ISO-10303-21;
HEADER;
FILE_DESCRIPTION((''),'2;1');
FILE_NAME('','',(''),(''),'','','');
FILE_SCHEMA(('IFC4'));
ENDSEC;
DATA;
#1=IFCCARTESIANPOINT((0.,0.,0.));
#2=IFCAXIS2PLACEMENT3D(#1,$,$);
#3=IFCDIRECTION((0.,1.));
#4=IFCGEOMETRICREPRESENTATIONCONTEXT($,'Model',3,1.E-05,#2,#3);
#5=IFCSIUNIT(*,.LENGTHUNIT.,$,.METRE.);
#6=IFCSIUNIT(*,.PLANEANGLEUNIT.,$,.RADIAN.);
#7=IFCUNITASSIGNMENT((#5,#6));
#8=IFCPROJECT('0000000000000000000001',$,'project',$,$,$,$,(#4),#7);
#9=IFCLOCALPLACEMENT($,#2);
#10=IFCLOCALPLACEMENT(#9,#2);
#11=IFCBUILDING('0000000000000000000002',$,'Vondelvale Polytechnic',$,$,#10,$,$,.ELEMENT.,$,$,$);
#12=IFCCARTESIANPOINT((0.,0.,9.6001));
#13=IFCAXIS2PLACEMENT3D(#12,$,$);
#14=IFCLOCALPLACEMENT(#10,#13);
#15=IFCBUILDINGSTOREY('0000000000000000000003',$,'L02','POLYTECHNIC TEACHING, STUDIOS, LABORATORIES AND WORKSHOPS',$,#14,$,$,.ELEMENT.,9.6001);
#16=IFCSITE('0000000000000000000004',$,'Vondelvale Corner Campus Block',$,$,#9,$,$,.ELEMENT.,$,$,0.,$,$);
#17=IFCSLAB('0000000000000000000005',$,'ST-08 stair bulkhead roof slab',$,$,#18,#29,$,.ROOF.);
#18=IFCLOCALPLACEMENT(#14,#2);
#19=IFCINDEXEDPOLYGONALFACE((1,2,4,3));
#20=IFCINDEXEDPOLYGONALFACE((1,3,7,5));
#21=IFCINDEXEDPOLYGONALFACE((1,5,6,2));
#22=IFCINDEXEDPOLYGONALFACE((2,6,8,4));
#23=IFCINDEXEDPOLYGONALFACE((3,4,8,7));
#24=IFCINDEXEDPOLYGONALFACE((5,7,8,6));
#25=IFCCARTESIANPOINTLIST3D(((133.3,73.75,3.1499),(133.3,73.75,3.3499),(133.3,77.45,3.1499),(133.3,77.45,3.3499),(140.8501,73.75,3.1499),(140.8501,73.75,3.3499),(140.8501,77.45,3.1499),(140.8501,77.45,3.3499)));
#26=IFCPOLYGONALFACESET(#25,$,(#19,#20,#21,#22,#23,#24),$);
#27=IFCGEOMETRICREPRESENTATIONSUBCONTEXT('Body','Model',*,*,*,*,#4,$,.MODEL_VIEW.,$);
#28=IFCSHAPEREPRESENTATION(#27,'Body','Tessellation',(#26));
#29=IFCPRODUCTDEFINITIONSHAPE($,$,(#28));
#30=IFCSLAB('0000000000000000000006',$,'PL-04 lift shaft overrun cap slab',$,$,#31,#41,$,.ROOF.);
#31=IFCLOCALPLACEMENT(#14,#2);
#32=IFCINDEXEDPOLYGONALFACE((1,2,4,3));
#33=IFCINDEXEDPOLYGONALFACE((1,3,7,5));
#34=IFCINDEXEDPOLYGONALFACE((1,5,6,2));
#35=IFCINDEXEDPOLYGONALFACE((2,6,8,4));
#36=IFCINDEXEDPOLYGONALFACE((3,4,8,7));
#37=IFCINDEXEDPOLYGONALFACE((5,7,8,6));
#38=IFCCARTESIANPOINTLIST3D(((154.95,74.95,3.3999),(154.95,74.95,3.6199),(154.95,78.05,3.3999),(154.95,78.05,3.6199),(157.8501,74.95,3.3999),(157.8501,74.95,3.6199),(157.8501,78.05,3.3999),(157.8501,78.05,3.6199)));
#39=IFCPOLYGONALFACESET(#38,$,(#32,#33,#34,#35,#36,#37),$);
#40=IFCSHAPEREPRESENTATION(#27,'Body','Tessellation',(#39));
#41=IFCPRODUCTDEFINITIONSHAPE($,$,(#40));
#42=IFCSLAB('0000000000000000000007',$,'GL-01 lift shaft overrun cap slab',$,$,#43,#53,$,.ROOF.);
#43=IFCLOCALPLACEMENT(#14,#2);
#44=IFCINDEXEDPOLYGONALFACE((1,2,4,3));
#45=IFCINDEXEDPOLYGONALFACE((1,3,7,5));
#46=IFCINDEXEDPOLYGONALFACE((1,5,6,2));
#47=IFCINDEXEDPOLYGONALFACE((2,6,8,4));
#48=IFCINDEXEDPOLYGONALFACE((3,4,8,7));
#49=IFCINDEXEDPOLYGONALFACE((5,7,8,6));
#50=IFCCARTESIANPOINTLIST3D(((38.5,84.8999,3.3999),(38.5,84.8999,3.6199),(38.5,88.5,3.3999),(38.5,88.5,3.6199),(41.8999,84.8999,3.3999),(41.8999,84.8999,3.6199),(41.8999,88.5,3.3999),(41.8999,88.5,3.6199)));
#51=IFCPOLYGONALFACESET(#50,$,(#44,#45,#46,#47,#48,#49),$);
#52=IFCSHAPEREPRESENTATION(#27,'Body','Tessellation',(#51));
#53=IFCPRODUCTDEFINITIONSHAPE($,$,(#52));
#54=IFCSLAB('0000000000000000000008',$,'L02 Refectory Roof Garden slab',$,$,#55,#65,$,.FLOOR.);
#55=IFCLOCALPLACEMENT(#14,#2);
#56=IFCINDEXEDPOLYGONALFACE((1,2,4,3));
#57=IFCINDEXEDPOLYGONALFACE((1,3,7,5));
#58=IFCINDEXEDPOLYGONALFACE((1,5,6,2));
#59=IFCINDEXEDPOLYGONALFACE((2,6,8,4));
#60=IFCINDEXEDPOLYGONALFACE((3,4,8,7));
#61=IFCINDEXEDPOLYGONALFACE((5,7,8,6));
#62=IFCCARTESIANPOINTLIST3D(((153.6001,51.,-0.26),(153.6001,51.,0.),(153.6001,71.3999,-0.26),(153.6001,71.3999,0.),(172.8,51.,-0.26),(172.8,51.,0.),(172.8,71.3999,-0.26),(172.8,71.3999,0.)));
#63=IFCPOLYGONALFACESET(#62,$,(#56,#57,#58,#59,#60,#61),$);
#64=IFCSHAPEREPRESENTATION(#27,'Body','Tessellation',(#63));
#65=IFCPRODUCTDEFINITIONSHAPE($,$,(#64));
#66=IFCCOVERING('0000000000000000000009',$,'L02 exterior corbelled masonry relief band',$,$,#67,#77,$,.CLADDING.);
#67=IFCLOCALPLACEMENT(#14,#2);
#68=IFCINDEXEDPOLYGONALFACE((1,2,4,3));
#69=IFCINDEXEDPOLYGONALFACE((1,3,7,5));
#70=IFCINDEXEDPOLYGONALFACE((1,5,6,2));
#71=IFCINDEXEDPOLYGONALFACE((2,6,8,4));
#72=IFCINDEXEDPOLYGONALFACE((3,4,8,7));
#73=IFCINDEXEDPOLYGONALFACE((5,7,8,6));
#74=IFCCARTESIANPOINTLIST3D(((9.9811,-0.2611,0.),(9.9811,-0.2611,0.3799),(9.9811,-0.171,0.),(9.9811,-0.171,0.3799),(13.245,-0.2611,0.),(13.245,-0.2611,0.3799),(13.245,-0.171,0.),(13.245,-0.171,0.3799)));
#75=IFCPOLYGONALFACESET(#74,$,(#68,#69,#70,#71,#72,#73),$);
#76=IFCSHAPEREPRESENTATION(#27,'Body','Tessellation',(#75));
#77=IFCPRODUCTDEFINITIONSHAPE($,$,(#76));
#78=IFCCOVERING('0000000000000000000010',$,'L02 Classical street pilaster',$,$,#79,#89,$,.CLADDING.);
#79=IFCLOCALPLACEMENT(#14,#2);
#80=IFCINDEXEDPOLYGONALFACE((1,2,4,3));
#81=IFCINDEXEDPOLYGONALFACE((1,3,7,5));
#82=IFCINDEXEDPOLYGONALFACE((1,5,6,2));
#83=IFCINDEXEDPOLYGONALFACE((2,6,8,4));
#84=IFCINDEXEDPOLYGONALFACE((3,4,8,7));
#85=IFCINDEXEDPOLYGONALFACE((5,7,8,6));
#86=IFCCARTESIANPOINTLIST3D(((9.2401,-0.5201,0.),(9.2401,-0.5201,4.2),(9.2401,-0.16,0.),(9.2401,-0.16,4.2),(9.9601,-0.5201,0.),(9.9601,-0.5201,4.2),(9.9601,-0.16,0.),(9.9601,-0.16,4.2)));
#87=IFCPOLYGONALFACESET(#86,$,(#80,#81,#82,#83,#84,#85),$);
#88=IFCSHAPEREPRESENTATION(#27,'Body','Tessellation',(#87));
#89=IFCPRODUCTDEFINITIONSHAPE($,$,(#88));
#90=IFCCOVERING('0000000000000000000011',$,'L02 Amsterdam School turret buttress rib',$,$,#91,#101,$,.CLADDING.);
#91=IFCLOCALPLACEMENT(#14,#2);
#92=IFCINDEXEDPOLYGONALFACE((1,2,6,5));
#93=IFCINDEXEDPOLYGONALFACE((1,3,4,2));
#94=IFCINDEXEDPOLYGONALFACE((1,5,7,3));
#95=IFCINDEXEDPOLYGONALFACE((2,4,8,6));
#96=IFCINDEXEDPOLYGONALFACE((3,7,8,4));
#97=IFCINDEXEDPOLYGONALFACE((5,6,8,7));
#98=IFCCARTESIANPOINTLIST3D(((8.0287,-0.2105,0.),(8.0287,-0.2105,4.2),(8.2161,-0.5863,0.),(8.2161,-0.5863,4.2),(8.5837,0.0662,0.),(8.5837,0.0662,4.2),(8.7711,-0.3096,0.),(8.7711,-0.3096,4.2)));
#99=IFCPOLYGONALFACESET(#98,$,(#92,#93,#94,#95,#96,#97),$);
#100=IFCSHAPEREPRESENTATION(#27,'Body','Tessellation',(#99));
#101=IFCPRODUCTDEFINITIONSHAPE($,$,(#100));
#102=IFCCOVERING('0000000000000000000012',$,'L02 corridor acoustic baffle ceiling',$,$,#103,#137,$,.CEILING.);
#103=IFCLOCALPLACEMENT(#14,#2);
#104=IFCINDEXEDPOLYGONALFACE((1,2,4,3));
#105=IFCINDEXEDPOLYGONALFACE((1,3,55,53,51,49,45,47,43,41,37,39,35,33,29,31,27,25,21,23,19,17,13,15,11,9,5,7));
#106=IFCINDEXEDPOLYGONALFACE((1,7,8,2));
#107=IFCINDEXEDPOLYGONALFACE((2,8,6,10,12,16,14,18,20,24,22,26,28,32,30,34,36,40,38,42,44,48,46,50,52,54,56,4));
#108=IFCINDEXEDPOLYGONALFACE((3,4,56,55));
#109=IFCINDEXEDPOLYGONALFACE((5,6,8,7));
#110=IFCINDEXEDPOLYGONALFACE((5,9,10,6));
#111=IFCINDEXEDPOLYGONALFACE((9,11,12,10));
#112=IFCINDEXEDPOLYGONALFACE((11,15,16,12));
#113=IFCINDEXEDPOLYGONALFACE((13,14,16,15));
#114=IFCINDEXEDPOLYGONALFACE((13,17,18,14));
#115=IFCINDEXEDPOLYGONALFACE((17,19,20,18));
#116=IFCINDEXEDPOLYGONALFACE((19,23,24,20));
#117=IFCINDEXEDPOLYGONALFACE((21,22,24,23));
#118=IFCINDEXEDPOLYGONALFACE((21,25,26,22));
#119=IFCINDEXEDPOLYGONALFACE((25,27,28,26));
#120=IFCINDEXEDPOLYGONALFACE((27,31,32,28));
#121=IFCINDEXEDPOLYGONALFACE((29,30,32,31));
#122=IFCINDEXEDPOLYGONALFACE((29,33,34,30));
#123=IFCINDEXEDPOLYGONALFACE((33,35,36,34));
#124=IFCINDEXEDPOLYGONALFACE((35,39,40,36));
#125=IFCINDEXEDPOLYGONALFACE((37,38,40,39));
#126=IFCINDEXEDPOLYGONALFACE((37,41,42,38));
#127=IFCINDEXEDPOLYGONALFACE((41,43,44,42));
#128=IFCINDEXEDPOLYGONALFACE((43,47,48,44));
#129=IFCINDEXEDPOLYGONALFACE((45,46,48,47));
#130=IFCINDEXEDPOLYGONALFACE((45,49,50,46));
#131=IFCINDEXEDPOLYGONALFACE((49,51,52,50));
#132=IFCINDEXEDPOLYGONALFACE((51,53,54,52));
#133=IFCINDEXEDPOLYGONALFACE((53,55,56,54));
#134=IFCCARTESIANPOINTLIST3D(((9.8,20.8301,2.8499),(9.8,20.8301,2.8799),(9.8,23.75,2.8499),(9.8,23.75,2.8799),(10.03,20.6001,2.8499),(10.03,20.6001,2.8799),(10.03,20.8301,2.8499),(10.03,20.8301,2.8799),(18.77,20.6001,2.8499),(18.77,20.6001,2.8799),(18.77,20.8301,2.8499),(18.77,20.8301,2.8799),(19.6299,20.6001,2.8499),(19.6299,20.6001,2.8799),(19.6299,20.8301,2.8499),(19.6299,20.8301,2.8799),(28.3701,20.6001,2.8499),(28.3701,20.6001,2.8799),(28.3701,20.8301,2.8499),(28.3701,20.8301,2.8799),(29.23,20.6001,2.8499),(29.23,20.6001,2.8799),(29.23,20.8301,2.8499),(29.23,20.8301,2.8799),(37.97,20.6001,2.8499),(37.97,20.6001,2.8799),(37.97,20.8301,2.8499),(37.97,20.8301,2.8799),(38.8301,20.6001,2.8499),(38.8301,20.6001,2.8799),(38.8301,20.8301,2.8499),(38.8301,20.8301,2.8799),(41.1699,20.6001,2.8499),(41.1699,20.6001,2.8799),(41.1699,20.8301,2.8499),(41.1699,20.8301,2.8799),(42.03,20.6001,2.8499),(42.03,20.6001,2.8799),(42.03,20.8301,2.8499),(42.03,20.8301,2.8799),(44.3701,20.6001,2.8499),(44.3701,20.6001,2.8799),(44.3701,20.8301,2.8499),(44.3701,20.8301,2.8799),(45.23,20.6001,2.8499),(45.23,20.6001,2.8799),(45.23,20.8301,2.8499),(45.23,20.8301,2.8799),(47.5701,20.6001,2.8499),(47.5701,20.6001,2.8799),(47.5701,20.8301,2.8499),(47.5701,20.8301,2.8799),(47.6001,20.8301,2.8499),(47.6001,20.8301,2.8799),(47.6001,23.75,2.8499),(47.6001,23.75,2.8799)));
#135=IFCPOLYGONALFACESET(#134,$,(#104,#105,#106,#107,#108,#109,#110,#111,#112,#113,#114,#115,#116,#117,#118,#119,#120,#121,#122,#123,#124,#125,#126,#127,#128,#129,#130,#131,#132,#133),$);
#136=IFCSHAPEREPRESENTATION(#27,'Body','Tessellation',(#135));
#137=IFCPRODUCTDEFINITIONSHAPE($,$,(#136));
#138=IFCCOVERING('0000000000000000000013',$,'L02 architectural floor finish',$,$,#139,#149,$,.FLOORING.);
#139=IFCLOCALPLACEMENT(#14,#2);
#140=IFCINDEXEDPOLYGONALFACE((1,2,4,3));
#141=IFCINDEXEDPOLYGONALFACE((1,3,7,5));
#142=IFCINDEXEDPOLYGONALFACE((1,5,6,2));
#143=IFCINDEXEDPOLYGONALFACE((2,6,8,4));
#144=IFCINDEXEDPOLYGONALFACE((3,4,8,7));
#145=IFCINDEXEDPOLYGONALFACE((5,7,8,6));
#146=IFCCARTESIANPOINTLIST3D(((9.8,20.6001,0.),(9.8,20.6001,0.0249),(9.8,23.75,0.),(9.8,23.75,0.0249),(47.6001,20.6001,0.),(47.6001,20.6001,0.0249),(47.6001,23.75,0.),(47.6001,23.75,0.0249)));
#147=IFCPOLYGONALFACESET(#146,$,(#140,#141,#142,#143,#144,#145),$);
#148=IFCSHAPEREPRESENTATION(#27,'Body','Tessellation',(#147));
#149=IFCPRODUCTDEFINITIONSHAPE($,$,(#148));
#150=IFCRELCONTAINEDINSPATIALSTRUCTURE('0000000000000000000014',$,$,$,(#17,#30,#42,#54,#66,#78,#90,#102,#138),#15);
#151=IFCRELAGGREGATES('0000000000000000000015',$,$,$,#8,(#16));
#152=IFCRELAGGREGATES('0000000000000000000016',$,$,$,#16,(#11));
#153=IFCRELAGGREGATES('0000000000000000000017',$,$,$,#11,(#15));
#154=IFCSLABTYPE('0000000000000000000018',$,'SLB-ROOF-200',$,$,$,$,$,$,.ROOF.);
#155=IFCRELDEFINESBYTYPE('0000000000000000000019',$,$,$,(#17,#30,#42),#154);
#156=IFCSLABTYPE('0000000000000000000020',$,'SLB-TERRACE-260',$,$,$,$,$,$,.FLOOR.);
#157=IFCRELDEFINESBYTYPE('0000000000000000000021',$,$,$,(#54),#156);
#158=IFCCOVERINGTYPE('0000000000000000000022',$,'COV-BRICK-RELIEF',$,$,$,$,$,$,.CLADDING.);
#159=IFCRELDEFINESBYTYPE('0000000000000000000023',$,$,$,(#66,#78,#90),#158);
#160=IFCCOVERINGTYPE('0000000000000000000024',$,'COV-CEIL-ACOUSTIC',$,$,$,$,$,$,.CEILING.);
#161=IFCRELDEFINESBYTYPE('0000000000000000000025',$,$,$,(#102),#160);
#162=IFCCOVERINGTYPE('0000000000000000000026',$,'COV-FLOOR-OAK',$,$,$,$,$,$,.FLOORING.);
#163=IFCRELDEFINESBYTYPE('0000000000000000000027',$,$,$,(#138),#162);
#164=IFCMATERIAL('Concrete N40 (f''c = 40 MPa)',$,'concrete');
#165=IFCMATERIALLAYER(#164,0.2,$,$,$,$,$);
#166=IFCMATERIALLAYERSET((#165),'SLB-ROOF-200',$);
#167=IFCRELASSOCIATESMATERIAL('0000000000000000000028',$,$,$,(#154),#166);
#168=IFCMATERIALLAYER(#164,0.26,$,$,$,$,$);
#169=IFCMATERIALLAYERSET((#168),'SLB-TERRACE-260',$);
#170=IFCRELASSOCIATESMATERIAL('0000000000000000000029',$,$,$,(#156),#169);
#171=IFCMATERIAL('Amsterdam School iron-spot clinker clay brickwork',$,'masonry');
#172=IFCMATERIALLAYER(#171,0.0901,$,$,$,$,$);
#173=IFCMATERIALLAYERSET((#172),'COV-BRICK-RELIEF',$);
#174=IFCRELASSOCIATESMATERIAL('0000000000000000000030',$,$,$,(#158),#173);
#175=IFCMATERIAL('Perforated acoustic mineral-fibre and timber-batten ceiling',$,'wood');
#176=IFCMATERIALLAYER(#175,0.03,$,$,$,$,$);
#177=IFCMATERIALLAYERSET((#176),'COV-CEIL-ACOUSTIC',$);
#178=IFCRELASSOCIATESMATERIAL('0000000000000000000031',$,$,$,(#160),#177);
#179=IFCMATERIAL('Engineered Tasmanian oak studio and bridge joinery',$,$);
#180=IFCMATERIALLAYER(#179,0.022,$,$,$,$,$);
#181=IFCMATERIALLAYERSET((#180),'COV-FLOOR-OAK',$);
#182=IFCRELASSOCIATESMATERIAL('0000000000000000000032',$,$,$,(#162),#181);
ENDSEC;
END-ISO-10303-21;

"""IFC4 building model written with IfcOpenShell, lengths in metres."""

from ifc_helpers import new_model, si_unit, direction, frame, origin, origin_2d, place, context, subcontext, project, spatial, polyline, rectangle, outline, extrude, material, layer, layer_set, type_object, element, save


model = new_model("IFC4")

# Units and contexts
model_context = context("Model", 3, precision=1e-05, world=origin(), true_north=direction((0.0, 1.0)))
body_context = subcontext(model_context, "Body", "Model", "MODEL_VIEW")
ifc_project = project(units=[si_unit("LENGTHUNIT", "METRE"), si_unit("PLANEANGLEUNIT", "RADIAN")], contexts=[model_context])

# Site, building, storey
site_placement = place(None, origin())
site = spatial("IfcSite", under=ifc_project, at=site_placement, Name="Vondelvale Corner Campus Block", CompositionType="ELEMENT", RefElevation=0.0)
building_placement = place(site_placement, origin())
building = spatial("IfcBuilding", under=site, at=building_placement, Name="Vondelvale Polytechnic", CompositionType="ELEMENT")
storey_placement = place(building_placement, frame((0.0, 0.0, 9.6001)))
storey = spatial("IfcBuildingStorey", under=building, at=storey_placement, Name="L02", Description="POLYTECHNIC TEACHING, STUDIOS, LABORATORIES AND WORKSHOPS", CompositionType="ELEMENT", Elevation=9.6001)

# Shared definitions
ifc_material_1 = material(Name="Concrete N40 (f'c = 40 MPa)", Category="concrete")

# Slabs
ifc_layer_1 = layer(ifc_material_1, 0.2)
ifc_layer_set_1 = layer_set([ifc_layer_1], Name="SLB-ROOF-200")
slab_type_1 = type_object("IfcSlabType", Name="SLB-ROOF-200", PredefinedType="ROOF", material=ifc_layer_set_1)
slab_1_placement = place(storey_placement, frame((0.0, 0.0, 3.1499)))
element("IfcSlab", 1, at=slab_1_placement, inside=storey, type_object=slab_type_1, Name="ST-08 stair bulkhead roof slab", PredefinedType="ROOF", context=body_context, shape_type="SweptSolid", body=[
    extrude(outline(polyline([(133.3, 73.75), (140.8501, 73.75), (140.8501, 77.45), (133.3, 77.45), (133.3, 73.75)])), origin(), (0.0, 0.0, 1.0), 0.2),
])
slab_2_placement = place(storey_placement, frame((0.0, 0.0, 3.3999)))
element("IfcSlab", 2, at=slab_2_placement, inside=storey, type_object=slab_type_1, Name="PL-04 lift shaft overrun cap slab", PredefinedType="ROOF", context=body_context, shape_type="SweptSolid", body=[
    extrude(outline(polyline([(154.95, 74.95), (157.8501, 74.95), (157.8501, 78.05), (154.95, 78.05), (154.95, 74.95)])), origin(), (0.0, 0.0, 1.0), 0.22),
])
slab_3_placement = place(storey_placement, frame((0.0, 0.0, 3.3999)))
element("IfcSlab", 3, at=slab_3_placement, inside=storey, type_object=slab_type_1, Name="GL-01 lift shaft overrun cap slab", PredefinedType="ROOF", context=body_context, shape_type="SweptSolid", body=[
    extrude(outline(polyline([(38.5, 84.8999), (41.8999, 84.8999), (41.8999, 88.5), (38.5, 88.5), (38.5, 84.8999)])), origin(), (0.0, 0.0, 1.0), 0.22),
])
ifc_layer_2 = layer(ifc_material_1, 0.26)
ifc_layer_set_2 = layer_set([ifc_layer_2], Name="SLB-TERRACE-260")
slab_type_2 = type_object("IfcSlabType", Name="SLB-TERRACE-260", PredefinedType="FLOOR", material=ifc_layer_set_2)
slab_4_placement = place(storey_placement, frame((0.0, 0.0, -0.26)))
element("IfcSlab", 4, at=slab_4_placement, inside=storey, type_object=slab_type_2, Name="L02 Refectory Roof Garden slab", PredefinedType="FLOOR", context=body_context, shape_type="SweptSolid", body=[
    extrude(outline(polyline([(153.6001, 51.0), (172.8, 51.0), (172.8, 71.3999), (153.6001, 71.3999), (153.6001, 51.0)])), origin(), (0.0, 0.0, 1.0), 0.26),
])

# Coverings
ifc_material_2 = material(Name="Amsterdam School iron-spot clinker clay brickwork", Category="masonry")
ifc_layer_3 = layer(ifc_material_2, 0.0901)
ifc_layer_set_3 = layer_set([ifc_layer_3], Name="COV-BRICK-RELIEF")
covering_type_1 = type_object("IfcCoveringType", Name="COV-BRICK-RELIEF", PredefinedType="CLADDING", material=ifc_layer_set_3)
covering_1_placement = place(storey_placement, frame((11.613, -0.2161, 0.0), z_axis=(0.0, 0.0, 1.0), x_axis=(-1.0, 0.0, 0.0)))
element("IfcCovering", 5, at=covering_1_placement, inside=storey, type_object=covering_type_1, Name="L02 exterior corbelled masonry relief band", PredefinedType="CLADDING", context=body_context, shape_type="SweptSolid", body=[
    extrude(rectangle(XDim=3.2639, YDim=0.0901, at=origin_2d()), origin(), (0.0, 0.0, 1.0), 0.3799),
])
covering_2_placement = place(storey_placement, frame((9.6001, -0.3401, 0.0), z_axis=(0.0, 0.0, 1.0), x_axis=(1.0, 0.0, 0.0)))
element("IfcCovering", 6, at=covering_2_placement, inside=storey, type_object=covering_type_1, Name="L02 Classical street pilaster", PredefinedType="CLADDING", context=body_context, shape_type="SweptSolid", body=[
    extrude(rectangle(XDim=0.72, YDim=0.3601, at=origin_2d()), origin(), (0.0, 0.0, 1.0), 4.2),
])
covering_3_placement = place(storey_placement, frame((8.3999, -0.26, 0.0), z_axis=(0.0, 0.0, 1.0), x_axis=(0.894934, 0.446198, 0.0)))
element("IfcCovering", 7, at=covering_3_placement, inside=storey, type_object=covering_type_1, Name="L02 Amsterdam School turret buttress rib", PredefinedType="CLADDING", context=body_context, shape_type="SweptSolid", body=[
    extrude(rectangle(XDim=0.6201, YDim=0.4199, at=origin_2d()), origin(), (0.0, 0.0, 1.0), 4.2),
])
ifc_material_3 = material(Name="Perforated acoustic mineral-fibre and timber-batten ceiling", Category="wood")
ifc_layer_4 = layer(ifc_material_3, 0.03)
ifc_layer_set_4 = layer_set([ifc_layer_4], Name="COV-CEIL-ACOUSTIC")
covering_type_2 = type_object("IfcCoveringType", Name="COV-CEIL-ACOUSTIC", PredefinedType="CEILING", material=ifc_layer_set_4)
covering_4_placement = place(storey_placement, frame((0.0, 0.0, 2.8499)))
element("IfcCovering", 8, at=covering_4_placement, inside=storey, type_object=covering_type_2, Name="L02 corridor acoustic baffle ceiling", PredefinedType="CEILING", context=body_context, shape_type="SweptSolid", body=[
    extrude(outline(polyline([(10.03, 20.6001), (10.03, 20.8301), (9.8, 20.8301), (9.8, 23.75), (47.6001, 23.75), (47.6001, 20.8301), (47.5701, 20.8301), (47.5701, 20.6001), (45.23, 20.6001), (45.23, 20.8301), (44.3701, 20.8301), (44.3701, 20.6001), (42.03, 20.6001), (42.03, 20.8301), (41.1699, 20.8301), (41.1699, 20.6001), (38.8301, 20.6001), (38.8301, 20.8301), (37.97, 20.8301), (37.97, 20.6001), (29.23, 20.6001), (29.23, 20.8301), (28.3701, 20.8301), (28.3701, 20.6001), (19.6299, 20.6001), (19.6299, 20.8301), (18.77, 20.8301), (18.77, 20.6001), (10.03, 20.6001)])), origin(), (0.0, 0.0, 1.0), 0.03),
])
ifc_material_4 = material(Name="Engineered Tasmanian oak studio and bridge joinery")
ifc_layer_5 = layer(ifc_material_4, 0.022)
ifc_layer_set_5 = layer_set([ifc_layer_5], Name="COV-FLOOR-OAK")
covering_type_3 = type_object("IfcCoveringType", Name="COV-FLOOR-OAK", PredefinedType="FLOORING", material=ifc_layer_set_5)
covering_5_placement = place(storey_placement, origin())
element("IfcCovering", 9, at=covering_5_placement, inside=storey, type_object=covering_type_3, Name="L02 architectural floor finish", PredefinedType="FLOORING", context=body_context, shape_type="SweptSolid", body=[
    extrude(outline(polyline([(9.8, 20.6001), (47.6001, 20.6001), (47.6001, 23.75), (9.8, 23.75), (9.8, 20.6001)])), origin(), (0.0, 0.0, 1.0), 0.0249),
])

save(model, "model.ifc")
